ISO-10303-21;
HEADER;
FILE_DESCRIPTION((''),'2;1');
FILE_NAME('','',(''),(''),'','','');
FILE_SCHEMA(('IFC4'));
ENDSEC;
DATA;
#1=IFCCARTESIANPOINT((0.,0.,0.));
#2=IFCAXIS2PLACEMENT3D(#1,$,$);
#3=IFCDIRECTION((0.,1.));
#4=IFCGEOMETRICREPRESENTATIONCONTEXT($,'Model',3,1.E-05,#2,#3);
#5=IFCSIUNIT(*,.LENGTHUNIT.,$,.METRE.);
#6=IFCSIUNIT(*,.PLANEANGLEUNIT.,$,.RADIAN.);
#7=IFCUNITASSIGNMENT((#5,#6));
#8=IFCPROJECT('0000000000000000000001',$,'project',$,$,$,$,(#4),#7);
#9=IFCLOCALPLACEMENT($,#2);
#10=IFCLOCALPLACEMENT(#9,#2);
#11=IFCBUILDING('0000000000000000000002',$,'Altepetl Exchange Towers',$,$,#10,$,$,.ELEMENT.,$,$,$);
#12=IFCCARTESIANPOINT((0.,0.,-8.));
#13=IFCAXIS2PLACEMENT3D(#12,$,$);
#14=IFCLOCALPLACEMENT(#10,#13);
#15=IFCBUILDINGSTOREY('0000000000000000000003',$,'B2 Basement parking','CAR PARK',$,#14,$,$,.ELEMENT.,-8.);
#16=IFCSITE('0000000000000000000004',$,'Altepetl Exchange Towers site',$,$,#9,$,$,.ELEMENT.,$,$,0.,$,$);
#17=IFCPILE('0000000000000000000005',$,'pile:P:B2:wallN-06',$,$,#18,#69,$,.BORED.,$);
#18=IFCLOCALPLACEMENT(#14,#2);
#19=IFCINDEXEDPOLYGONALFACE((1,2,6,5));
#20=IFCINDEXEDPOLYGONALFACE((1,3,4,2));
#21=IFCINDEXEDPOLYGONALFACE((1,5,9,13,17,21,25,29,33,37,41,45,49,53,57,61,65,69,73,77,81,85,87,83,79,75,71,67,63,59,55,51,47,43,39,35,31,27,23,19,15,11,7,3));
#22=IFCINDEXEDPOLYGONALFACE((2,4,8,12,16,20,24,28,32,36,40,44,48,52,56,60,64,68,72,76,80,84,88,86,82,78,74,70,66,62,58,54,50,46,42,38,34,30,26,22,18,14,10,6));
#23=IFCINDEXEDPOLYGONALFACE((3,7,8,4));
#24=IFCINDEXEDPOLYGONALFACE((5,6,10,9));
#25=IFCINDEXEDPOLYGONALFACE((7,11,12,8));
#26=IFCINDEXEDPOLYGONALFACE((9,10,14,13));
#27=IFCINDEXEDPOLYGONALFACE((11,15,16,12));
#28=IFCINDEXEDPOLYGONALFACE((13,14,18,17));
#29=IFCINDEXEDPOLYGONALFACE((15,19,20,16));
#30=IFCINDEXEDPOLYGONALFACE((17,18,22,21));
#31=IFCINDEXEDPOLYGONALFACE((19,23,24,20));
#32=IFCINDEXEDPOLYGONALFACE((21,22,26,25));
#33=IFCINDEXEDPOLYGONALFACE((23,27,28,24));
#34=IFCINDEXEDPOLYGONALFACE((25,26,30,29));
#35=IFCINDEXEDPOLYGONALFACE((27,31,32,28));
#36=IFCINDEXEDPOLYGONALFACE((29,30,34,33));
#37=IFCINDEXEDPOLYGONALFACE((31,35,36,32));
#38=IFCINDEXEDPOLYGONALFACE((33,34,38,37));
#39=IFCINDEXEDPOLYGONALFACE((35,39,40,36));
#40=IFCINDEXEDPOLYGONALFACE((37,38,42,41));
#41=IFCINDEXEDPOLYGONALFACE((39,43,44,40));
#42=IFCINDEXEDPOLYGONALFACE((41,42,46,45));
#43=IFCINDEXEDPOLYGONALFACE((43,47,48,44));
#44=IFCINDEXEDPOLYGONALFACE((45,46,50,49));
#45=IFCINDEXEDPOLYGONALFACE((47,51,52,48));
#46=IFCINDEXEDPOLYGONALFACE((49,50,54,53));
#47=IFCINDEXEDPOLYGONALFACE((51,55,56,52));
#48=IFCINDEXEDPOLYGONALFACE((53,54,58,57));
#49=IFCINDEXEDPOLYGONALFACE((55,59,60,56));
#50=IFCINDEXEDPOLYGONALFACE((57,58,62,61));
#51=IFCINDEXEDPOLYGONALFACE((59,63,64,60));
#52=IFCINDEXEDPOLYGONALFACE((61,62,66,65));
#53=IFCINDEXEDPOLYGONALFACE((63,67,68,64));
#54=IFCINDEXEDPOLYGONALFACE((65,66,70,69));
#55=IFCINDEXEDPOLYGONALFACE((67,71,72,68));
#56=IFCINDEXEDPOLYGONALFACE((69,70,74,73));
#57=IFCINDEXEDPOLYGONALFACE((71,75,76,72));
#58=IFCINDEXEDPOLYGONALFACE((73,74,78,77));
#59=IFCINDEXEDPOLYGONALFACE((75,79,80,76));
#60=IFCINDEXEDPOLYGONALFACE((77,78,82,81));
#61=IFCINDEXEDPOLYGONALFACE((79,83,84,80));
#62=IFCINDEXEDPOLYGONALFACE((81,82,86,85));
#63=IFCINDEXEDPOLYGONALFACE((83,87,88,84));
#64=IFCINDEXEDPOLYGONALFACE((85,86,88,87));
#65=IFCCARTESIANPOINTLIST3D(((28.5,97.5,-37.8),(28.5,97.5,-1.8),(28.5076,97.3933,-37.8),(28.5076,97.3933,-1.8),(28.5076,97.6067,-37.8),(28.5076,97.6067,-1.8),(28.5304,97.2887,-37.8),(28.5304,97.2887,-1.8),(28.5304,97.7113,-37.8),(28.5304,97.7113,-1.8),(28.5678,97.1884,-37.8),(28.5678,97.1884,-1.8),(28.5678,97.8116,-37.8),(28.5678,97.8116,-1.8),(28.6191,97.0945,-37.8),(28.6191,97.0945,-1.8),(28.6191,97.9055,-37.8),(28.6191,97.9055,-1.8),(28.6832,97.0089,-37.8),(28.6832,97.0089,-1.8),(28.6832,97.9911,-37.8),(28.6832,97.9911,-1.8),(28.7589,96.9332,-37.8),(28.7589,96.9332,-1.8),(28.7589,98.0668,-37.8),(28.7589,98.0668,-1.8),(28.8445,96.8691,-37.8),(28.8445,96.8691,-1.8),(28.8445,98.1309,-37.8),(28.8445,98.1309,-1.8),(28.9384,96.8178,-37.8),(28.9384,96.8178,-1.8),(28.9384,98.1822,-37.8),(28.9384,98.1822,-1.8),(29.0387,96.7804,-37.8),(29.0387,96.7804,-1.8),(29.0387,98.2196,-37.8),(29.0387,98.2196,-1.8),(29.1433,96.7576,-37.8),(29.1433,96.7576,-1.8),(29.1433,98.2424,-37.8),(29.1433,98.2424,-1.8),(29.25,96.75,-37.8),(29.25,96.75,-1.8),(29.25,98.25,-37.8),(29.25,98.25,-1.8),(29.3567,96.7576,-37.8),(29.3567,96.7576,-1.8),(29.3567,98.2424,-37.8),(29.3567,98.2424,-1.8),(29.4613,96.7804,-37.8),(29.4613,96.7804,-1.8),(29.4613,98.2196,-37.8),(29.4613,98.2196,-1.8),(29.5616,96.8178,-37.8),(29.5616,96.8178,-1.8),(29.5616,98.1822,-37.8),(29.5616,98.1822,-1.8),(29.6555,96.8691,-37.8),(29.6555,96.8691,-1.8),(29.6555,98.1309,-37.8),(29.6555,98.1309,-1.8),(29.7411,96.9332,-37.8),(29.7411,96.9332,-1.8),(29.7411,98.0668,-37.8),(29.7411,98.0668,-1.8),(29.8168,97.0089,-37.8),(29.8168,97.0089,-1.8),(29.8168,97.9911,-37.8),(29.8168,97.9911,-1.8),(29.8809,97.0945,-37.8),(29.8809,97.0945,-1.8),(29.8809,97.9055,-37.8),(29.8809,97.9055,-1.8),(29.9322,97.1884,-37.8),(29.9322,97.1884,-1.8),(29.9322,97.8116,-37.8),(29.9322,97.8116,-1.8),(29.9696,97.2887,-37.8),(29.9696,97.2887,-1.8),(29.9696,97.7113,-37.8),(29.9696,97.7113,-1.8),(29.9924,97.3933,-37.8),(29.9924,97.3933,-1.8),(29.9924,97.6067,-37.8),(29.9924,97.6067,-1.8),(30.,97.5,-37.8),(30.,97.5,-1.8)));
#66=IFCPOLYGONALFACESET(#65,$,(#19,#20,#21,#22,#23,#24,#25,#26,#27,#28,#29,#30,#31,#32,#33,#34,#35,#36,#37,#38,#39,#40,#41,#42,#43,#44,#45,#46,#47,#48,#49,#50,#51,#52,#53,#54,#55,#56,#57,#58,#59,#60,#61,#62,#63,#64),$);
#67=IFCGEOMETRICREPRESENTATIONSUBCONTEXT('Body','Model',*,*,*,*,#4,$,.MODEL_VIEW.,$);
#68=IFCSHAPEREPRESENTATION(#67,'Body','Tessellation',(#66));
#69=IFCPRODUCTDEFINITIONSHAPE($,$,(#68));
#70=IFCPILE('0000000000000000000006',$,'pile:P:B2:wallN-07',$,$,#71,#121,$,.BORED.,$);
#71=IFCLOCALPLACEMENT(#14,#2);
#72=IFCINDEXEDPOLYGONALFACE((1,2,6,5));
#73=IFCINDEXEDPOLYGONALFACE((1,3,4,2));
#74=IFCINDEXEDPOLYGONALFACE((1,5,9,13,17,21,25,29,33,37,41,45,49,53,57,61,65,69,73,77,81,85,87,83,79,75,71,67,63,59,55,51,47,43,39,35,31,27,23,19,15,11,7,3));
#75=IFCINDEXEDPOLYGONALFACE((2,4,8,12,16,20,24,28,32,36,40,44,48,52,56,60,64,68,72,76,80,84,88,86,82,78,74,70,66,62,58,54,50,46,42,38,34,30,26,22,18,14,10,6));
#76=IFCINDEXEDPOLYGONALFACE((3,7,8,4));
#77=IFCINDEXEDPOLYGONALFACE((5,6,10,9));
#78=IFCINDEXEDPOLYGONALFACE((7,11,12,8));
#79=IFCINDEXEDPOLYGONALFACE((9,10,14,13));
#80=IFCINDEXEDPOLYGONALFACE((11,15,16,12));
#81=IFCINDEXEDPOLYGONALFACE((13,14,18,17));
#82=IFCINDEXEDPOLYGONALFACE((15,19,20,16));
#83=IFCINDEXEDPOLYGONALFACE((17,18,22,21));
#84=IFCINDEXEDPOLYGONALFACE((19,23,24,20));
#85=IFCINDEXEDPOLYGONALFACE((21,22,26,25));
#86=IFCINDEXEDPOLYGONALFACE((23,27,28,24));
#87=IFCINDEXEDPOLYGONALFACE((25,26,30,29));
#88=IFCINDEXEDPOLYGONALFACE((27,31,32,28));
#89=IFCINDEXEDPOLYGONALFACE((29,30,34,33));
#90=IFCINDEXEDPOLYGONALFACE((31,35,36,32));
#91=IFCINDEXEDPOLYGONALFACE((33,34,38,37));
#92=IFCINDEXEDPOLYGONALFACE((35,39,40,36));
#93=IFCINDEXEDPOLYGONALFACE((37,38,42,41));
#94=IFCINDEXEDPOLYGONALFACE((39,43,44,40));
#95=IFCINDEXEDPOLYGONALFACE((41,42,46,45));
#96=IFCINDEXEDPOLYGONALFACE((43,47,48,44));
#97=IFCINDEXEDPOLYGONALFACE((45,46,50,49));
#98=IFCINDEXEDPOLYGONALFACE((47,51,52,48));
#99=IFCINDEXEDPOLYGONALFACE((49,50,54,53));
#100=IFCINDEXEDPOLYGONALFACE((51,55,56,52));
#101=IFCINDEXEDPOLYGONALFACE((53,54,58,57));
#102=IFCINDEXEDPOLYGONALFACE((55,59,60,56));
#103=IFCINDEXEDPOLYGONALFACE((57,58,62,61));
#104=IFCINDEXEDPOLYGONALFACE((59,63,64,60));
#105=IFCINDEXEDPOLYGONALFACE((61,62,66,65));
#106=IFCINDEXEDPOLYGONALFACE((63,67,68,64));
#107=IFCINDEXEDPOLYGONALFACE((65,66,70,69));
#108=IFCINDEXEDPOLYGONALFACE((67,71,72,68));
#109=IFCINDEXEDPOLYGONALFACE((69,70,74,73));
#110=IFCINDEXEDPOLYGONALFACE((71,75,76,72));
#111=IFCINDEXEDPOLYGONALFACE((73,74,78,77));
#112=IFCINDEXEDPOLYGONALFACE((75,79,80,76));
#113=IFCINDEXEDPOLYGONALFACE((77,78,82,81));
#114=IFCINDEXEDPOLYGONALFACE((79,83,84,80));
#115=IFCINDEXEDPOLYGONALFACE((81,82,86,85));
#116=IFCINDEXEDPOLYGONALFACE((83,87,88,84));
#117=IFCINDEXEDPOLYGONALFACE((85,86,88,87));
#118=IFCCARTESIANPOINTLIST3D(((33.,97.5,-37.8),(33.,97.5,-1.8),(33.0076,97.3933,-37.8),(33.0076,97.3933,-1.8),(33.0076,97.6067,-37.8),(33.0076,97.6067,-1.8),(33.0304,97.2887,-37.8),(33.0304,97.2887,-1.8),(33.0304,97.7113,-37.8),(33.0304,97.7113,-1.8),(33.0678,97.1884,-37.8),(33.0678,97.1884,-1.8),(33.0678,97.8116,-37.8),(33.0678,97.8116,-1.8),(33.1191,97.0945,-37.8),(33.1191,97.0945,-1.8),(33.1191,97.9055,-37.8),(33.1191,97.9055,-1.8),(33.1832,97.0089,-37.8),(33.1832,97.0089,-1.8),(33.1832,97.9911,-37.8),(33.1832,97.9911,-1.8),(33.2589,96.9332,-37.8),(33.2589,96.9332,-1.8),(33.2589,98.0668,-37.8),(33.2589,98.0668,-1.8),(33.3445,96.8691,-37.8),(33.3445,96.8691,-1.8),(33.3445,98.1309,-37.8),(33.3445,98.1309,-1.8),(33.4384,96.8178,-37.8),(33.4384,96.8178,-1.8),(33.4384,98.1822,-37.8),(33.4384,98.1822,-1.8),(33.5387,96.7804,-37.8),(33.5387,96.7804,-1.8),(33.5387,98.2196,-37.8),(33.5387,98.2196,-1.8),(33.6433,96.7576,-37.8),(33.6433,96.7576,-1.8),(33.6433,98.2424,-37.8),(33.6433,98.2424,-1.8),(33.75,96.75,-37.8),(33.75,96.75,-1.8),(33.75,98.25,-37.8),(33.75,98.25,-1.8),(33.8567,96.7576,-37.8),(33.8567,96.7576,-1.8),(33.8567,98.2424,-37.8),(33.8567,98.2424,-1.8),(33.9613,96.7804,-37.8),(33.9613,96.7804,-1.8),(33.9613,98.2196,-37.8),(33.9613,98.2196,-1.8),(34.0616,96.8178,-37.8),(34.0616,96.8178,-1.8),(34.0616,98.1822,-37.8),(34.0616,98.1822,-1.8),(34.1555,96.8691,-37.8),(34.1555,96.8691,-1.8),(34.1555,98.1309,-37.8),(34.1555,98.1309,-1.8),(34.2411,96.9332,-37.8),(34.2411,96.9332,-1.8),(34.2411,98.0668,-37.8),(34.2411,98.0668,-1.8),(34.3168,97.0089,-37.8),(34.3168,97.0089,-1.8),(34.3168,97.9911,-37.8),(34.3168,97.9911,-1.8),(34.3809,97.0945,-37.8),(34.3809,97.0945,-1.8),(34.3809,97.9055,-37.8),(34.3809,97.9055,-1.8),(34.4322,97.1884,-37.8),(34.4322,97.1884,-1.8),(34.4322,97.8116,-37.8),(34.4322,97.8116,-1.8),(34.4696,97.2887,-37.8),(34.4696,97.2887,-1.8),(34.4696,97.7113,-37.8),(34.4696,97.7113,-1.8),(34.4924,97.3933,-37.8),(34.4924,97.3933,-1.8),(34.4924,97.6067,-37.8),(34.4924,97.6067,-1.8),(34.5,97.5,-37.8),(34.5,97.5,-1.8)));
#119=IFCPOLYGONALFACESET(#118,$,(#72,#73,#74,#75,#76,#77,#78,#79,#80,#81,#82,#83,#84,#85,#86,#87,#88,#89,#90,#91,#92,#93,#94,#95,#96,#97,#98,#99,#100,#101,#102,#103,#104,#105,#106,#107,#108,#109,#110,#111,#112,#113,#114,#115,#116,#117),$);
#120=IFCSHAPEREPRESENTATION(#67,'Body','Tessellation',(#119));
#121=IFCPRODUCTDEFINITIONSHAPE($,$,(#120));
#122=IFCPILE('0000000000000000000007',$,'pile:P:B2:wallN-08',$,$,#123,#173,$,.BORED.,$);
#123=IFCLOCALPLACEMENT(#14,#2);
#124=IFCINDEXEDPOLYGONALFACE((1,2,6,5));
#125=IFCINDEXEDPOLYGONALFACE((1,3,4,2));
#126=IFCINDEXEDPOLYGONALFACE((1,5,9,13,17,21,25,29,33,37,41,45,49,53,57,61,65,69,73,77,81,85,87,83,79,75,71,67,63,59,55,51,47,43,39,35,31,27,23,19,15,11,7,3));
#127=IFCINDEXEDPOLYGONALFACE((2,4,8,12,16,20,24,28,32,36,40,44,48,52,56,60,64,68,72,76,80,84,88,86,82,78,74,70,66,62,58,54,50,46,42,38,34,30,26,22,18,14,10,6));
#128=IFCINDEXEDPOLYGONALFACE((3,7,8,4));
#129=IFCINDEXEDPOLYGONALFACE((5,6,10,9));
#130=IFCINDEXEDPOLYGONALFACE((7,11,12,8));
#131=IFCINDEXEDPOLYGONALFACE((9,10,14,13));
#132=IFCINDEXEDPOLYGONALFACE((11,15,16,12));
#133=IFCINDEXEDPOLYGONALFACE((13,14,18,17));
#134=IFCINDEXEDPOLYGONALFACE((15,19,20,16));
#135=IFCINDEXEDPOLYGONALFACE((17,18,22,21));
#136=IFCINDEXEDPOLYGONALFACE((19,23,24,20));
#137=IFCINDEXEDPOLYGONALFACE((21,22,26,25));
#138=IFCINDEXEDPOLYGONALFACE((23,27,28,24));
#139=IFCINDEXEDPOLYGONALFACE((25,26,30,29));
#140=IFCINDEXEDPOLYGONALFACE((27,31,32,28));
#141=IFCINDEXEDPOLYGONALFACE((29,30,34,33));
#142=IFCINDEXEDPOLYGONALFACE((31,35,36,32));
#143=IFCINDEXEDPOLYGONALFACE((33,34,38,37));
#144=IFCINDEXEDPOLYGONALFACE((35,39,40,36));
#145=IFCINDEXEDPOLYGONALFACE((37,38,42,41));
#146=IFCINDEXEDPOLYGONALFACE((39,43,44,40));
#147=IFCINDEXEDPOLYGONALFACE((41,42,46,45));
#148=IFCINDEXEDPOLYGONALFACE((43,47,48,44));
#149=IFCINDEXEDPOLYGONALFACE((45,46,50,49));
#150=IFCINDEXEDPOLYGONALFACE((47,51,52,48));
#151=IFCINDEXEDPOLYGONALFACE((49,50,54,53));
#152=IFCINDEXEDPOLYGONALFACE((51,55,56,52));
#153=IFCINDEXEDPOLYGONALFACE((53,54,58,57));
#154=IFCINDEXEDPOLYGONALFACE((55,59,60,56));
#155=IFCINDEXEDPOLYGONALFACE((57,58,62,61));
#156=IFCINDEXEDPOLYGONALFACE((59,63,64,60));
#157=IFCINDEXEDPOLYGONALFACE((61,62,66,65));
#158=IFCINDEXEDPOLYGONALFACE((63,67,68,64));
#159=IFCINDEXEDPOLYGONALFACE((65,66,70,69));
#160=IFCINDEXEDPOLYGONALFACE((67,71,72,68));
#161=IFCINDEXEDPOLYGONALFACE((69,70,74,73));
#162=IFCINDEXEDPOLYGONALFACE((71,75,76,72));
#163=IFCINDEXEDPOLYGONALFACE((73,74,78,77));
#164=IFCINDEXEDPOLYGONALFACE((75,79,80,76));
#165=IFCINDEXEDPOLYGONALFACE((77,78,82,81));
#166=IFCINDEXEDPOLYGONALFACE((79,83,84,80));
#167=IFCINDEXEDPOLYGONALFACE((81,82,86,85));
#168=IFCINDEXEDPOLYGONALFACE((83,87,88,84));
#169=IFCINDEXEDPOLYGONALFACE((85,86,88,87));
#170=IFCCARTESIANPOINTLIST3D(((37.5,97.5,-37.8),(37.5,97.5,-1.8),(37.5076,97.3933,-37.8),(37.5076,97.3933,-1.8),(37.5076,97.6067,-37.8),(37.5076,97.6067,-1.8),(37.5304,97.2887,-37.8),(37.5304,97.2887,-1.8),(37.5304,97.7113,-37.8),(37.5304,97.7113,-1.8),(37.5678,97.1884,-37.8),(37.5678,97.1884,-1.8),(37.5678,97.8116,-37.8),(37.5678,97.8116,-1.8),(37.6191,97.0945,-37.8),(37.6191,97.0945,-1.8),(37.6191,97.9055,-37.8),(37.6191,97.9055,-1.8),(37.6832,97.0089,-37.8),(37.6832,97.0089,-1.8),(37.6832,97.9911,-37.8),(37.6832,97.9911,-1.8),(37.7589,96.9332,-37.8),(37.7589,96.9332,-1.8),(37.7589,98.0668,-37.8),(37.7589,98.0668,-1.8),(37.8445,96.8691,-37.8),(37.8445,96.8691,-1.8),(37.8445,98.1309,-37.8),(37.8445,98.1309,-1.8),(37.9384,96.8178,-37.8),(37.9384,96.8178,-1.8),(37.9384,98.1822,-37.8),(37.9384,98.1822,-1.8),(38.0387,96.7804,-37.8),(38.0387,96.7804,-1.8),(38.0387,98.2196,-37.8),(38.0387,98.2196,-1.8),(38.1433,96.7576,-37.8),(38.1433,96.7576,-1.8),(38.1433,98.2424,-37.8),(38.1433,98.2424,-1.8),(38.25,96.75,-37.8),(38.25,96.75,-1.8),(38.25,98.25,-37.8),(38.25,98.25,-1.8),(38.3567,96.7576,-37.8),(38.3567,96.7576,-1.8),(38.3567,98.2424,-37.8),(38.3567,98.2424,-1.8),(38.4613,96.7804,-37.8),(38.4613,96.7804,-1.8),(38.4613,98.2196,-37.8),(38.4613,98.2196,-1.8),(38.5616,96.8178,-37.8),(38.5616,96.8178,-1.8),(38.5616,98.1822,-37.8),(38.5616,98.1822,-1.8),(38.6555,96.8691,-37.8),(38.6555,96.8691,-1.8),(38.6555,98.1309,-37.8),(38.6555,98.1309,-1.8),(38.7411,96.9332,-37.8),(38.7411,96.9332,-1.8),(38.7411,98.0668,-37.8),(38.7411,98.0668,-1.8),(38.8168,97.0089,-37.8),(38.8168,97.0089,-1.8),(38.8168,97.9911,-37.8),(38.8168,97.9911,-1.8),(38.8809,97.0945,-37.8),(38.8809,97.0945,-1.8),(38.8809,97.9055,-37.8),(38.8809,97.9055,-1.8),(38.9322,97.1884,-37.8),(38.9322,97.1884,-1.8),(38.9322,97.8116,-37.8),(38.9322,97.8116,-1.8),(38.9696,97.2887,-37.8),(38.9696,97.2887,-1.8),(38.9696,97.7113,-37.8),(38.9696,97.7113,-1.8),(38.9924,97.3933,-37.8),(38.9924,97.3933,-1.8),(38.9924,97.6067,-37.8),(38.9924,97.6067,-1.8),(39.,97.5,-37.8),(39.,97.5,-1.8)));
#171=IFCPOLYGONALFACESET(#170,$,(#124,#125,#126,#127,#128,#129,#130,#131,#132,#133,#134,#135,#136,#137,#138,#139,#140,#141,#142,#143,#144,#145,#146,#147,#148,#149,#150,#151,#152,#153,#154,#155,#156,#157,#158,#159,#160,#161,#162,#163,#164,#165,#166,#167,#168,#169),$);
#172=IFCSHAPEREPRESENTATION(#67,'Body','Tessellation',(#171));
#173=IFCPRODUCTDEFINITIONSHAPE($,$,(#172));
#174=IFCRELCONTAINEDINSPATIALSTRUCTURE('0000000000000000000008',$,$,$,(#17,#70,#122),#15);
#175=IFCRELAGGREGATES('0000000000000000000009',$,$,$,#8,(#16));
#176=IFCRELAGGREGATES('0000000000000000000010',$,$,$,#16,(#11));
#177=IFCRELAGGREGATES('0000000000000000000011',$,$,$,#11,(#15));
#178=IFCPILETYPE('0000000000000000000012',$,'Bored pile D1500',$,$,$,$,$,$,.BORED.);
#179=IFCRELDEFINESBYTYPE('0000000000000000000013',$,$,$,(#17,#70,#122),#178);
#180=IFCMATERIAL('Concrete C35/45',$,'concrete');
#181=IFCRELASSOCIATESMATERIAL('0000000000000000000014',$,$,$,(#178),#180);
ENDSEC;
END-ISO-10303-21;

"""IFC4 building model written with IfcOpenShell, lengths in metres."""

from ifc_helpers import new_model, si_unit, direction, frame, origin, origin_2d, place, context, subcontext, project, spatial, circle, extrude, material, material_profile, profile_set, type_object, element, save


model = new_model("IFC4")

# Units and contexts
model_context = context("Model", 3, precision=1e-05, world=origin(), true_north=direction((0.0, 1.0)))
body_context = subcontext(model_context, "Body", "Model", "MODEL_VIEW")
ifc_project = project(units=[si_unit("LENGTHUNIT", "METRE"), si_unit("PLANEANGLEUNIT", "RADIAN")], contexts=[model_context])

# Site, building, storey
site_placement = place(None, origin())
site = spatial("IfcSite", under=ifc_project, at=site_placement, Name="Altepetl Exchange Towers site", CompositionType="ELEMENT", RefElevation=0.0)
building_placement = place(site_placement, origin())
building = spatial("IfcBuilding", under=site, at=building_placement, Name="Altepetl Exchange Towers", CompositionType="ELEMENT")
storey_placement = place(building_placement, frame((0.0, 0.0, -8.0)))
storey = spatial("IfcBuildingStorey", under=building, at=storey_placement, Name="B2 Basement parking", Description="CAR PARK", CompositionType="ELEMENT", Elevation=-8.0)

# Piles
ifc_material_1 = material(Name="Concrete C35/45", Category="concrete")
ifc_material_profile_1 = material_profile(ifc_material_1, circle(Radius=0.75, at=origin_2d()), Name="D1500")
ifc_profile_set_1 = profile_set([ifc_material_profile_1], Name="Concrete C35/45")
pile_type_1 = type_object("IfcPileType", Name="Bored pile D1500", PredefinedType="BORED", material=ifc_profile_set_1)
for number, where, z_axis, x_axis, name in (
    (1, (29.25, 97.5, -1.8), (0.0, 0.0, -1.0), (1.0, 0.0, 0.0), "pile:P:B2:wallN-06"),
    (2, (33.75, 97.5, -1.8), (0.0, 0.0, -1.0), (1.0, 0.0, 0.0), "pile:P:B2:wallN-07"),
    (3, (38.25, 97.5, -1.8), (0.0, 0.0, -1.0), (1.0, 0.0, 0.0), "pile:P:B2:wallN-08"),
):
    element("IfcPile", number, at=place(storey_placement, frame(where, z_axis=z_axis, x_axis=x_axis)), inside=storey, type_object=pile_type_1, Name=name, PredefinedType="BORED", context=body_context, shape_type="SweptSolid", body=[
        extrude(circle(Radius=0.75, at=origin_2d()), origin(), (0.0, 0.0, 1.0), 36.0),
    ])

save(model, "model.ifc")
